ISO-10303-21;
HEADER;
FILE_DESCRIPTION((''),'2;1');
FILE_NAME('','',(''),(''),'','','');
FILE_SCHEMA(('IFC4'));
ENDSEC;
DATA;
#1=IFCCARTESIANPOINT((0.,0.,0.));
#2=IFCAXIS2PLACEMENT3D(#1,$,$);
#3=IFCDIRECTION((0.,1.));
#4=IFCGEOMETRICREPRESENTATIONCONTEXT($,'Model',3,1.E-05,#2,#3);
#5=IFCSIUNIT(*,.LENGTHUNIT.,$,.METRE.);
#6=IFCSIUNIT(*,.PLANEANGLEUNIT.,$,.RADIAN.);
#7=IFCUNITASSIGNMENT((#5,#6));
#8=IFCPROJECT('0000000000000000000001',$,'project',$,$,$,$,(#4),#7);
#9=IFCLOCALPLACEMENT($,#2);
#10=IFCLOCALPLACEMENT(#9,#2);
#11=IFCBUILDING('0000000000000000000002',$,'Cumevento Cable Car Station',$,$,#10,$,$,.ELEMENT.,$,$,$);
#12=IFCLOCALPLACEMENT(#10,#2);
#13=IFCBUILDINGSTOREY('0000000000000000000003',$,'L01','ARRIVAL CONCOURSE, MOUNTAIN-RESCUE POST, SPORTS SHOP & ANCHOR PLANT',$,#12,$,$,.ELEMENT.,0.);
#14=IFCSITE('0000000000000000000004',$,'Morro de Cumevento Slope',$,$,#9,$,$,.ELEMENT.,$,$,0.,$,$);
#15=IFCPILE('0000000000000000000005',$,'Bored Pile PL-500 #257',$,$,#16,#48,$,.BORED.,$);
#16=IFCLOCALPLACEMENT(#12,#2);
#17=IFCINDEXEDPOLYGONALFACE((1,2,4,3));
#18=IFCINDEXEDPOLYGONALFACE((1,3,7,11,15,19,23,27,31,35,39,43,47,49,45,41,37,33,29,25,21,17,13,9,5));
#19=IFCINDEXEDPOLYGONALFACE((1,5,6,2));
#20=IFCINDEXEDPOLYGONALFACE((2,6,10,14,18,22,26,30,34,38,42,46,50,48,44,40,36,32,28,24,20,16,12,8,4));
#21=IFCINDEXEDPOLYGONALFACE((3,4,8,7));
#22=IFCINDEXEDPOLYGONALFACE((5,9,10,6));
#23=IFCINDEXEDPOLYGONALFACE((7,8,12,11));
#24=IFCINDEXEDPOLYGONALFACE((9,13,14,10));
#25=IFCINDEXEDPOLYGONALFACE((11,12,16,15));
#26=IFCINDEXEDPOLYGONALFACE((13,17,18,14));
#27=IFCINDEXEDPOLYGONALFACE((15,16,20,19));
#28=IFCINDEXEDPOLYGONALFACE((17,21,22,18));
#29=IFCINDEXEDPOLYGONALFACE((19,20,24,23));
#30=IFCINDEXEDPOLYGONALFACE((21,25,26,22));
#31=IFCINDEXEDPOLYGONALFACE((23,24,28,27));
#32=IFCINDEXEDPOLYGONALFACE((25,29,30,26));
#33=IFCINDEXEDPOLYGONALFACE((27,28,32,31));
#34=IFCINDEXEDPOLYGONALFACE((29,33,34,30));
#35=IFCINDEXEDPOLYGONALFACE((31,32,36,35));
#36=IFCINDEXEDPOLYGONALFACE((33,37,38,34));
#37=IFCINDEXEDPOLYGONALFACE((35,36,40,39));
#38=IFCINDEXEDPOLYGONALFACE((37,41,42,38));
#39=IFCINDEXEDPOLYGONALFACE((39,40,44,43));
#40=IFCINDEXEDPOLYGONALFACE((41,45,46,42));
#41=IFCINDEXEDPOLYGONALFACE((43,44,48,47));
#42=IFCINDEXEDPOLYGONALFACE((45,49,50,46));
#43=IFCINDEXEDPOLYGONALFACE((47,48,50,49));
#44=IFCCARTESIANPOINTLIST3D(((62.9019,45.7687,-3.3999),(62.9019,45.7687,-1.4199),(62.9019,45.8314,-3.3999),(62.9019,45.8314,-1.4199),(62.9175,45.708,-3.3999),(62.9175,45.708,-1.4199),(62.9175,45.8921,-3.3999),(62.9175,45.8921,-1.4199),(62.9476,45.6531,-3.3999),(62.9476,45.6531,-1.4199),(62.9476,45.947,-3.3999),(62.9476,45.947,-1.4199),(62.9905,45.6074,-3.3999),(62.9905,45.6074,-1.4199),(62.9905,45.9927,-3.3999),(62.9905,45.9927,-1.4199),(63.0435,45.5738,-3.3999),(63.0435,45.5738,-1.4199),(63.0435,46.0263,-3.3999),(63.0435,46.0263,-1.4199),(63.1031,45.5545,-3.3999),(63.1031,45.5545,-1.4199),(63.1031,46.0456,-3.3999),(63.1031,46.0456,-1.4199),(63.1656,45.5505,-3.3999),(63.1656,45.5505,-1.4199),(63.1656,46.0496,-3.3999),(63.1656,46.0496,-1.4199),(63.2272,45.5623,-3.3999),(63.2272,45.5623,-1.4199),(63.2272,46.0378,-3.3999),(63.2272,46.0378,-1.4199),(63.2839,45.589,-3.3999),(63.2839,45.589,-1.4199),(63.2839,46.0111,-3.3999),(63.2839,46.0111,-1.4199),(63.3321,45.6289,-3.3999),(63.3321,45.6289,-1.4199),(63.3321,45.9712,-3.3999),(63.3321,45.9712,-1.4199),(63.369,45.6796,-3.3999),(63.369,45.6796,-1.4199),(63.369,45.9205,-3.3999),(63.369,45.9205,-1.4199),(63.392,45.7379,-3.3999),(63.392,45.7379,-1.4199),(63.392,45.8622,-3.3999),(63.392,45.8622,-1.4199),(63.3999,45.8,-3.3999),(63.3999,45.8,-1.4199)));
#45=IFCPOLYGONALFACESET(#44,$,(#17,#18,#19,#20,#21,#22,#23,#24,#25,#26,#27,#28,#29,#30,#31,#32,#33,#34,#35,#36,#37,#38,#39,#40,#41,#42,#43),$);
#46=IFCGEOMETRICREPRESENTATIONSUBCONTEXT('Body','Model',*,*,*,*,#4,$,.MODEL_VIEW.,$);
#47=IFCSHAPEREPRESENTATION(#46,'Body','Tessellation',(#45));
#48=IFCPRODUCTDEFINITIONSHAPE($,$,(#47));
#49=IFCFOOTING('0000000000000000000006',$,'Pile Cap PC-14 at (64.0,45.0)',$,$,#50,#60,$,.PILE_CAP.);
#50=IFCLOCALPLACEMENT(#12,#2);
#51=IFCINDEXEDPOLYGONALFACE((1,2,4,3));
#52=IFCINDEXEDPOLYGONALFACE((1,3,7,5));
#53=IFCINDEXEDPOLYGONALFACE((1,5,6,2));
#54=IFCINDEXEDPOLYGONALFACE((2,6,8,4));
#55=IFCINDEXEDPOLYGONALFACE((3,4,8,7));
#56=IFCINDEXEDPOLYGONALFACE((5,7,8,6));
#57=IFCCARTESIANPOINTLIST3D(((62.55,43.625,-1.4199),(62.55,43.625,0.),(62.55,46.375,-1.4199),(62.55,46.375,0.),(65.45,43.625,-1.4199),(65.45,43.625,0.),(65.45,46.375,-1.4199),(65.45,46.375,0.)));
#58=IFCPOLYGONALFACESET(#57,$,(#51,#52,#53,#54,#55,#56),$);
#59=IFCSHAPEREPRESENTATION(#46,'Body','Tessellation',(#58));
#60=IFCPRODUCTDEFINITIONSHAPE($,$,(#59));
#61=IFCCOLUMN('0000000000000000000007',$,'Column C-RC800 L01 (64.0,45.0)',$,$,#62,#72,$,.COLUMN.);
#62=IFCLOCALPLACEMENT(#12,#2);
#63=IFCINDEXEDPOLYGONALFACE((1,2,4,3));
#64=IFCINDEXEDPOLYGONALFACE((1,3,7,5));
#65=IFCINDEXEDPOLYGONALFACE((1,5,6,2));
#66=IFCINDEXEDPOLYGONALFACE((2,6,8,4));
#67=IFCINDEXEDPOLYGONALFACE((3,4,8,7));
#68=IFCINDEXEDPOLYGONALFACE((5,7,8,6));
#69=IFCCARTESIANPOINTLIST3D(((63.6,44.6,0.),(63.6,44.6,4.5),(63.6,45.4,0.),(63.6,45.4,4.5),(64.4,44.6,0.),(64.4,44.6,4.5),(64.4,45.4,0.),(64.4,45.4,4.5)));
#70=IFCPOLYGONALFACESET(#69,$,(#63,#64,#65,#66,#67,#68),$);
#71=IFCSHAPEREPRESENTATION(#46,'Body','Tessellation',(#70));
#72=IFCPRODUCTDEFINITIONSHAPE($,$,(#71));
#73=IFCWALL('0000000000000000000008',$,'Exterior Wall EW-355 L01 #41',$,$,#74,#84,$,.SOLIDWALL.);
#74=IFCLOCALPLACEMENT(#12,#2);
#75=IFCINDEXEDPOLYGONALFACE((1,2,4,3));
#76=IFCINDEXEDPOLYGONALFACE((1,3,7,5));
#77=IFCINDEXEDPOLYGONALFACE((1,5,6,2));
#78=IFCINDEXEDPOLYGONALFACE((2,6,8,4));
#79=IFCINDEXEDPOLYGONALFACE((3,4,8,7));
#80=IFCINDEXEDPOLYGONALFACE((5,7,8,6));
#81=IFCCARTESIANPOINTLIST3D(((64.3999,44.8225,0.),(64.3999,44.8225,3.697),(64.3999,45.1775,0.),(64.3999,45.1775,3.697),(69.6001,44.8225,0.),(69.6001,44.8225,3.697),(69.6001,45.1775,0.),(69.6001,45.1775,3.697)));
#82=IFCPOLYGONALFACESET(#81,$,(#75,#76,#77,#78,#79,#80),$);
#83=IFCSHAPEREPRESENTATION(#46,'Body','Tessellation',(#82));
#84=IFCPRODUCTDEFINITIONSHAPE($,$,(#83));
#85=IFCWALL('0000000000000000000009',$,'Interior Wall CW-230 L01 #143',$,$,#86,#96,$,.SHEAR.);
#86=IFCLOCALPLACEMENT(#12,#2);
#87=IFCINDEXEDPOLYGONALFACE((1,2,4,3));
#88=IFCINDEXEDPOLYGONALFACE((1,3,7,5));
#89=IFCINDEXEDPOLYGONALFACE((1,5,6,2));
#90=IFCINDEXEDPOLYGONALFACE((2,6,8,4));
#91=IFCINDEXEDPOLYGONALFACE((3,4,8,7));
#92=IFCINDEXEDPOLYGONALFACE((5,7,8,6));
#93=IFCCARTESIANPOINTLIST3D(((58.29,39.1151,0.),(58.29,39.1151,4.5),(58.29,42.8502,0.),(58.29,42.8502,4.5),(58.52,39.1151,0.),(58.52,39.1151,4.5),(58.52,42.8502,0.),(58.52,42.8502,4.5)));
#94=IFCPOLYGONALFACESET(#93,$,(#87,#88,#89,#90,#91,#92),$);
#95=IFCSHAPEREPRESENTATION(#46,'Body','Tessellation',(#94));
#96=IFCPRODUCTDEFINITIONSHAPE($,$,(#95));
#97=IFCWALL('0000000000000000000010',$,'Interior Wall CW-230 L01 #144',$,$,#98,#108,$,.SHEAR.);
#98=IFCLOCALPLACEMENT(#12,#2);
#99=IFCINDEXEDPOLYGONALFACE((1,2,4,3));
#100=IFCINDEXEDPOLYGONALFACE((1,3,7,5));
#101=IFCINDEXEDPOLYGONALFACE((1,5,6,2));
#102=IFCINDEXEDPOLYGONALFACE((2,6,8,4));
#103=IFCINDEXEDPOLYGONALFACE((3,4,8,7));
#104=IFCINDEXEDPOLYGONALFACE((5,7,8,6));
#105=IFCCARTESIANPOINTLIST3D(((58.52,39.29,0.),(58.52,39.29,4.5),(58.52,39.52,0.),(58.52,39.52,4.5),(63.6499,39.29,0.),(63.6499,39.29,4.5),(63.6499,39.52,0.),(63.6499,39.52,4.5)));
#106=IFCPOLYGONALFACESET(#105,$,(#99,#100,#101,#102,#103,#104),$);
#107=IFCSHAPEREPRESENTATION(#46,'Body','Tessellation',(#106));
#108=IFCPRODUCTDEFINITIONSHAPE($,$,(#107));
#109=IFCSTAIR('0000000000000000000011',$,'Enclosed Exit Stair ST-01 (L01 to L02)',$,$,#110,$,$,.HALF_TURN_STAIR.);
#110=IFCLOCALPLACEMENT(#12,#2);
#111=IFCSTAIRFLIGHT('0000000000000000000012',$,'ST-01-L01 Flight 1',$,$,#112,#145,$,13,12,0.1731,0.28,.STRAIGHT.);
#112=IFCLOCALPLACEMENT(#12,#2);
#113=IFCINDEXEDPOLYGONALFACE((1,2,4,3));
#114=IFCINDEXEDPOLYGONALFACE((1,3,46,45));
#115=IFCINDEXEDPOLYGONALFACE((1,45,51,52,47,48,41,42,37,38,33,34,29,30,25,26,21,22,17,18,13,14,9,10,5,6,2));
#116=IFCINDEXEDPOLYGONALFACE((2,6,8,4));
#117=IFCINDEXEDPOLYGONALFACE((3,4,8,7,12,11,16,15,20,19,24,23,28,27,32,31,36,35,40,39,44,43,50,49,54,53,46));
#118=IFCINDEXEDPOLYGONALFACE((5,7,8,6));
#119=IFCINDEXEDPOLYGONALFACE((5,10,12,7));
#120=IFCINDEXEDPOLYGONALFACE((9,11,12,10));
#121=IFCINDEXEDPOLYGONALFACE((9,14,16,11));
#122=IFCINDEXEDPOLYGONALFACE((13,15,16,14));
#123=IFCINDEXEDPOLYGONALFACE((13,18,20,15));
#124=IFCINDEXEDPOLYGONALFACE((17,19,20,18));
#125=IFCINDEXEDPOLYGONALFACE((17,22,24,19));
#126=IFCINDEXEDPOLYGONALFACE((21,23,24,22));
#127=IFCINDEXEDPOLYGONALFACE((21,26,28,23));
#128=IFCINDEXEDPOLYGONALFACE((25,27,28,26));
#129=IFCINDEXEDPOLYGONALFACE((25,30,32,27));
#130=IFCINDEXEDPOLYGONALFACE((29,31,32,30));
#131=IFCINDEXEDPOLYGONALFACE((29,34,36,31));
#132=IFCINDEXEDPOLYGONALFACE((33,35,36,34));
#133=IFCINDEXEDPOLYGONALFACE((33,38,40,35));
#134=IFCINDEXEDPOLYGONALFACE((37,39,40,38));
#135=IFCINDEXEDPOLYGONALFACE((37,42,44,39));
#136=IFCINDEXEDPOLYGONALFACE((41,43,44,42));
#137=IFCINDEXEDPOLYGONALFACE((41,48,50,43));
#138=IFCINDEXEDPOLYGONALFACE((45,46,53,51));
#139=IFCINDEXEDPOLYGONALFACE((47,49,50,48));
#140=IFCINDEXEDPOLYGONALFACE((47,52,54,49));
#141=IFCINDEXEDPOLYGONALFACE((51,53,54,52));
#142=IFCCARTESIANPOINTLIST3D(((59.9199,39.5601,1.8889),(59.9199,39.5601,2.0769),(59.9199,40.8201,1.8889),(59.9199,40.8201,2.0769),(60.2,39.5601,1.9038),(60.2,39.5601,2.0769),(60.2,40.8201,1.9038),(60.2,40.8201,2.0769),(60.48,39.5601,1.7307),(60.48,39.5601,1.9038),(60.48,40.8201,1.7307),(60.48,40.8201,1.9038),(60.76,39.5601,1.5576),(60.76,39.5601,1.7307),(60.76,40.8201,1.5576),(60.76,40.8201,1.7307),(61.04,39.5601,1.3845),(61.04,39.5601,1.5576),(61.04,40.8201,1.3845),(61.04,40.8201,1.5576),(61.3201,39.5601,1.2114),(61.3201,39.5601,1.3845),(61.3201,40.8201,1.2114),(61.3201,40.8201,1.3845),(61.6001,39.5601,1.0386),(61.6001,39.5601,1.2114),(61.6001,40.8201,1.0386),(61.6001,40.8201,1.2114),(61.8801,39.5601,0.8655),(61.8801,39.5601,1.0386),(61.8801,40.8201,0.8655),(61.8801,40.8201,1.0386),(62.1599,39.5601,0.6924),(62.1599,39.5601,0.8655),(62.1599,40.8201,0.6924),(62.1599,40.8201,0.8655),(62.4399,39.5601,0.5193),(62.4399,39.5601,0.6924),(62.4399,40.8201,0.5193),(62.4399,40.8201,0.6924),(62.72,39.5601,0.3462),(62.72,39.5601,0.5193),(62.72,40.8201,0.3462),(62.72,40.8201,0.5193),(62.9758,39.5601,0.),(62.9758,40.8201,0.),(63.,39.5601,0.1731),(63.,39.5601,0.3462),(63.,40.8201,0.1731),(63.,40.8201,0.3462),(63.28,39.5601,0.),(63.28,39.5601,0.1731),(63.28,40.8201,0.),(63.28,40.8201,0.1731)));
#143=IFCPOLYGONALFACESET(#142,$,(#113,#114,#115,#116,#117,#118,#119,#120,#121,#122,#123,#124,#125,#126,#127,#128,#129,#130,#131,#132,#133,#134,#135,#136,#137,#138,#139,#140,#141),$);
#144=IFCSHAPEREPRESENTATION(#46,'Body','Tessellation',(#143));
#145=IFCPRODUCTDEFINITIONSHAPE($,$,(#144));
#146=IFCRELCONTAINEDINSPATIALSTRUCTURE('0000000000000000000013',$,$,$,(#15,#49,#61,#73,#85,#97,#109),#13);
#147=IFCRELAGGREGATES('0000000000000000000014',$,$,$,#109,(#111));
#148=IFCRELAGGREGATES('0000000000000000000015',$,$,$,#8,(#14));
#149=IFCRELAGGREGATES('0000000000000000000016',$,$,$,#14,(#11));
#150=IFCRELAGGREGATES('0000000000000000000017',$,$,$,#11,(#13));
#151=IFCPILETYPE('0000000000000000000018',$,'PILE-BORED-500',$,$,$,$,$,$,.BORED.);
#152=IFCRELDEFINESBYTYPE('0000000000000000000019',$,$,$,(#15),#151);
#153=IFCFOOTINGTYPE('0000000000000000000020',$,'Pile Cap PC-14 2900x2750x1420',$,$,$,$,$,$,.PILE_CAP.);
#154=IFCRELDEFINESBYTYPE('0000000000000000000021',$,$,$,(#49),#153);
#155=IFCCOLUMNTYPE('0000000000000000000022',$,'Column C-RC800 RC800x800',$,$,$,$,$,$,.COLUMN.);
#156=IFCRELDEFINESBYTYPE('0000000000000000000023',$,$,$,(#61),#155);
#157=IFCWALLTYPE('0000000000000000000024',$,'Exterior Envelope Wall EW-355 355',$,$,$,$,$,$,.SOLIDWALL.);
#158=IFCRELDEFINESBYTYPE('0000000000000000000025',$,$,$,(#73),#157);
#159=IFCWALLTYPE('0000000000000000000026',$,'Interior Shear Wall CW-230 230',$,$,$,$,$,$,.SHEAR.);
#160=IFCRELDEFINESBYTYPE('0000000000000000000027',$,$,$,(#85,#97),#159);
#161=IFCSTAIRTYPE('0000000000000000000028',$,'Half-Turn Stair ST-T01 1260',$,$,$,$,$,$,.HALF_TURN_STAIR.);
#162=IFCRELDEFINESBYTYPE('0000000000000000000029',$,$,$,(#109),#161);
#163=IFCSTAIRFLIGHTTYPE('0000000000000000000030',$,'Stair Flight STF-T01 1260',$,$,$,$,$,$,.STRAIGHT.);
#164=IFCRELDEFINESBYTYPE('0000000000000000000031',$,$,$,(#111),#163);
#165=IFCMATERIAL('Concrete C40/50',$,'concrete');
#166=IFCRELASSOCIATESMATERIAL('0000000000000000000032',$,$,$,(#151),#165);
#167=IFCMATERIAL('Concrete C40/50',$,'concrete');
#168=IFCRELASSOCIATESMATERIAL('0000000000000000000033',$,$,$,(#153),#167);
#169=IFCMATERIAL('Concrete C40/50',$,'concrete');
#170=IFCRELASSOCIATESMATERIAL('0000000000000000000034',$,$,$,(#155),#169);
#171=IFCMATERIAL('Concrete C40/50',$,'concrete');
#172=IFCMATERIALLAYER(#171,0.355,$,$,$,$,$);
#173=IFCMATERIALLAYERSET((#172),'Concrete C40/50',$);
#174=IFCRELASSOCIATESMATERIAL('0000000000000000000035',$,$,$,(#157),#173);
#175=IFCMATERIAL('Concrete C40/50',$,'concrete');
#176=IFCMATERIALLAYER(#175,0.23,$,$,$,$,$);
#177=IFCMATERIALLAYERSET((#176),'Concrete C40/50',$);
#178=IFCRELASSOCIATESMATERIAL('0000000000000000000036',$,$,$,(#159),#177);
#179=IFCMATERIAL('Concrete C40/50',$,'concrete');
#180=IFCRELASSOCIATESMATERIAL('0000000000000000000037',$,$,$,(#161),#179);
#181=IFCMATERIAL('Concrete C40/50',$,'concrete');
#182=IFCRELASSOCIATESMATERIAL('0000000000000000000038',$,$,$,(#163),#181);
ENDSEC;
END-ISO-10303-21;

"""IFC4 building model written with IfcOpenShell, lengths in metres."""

from ifc_helpers import new_model, si_unit, direction, frame, frame_2d, origin, origin_2d, place, context, subcontext, project, spatial, polyline, rectangle, circle, outline, extrude, material, layer, layer_set, material_profile, profile_set, type_object, element, aggregate, save


model = new_model("IFC4")

# Units and contexts
model_context = context("Model", 3, precision=1e-05, world=origin(), true_north=direction((0.0, 1.0)))
body_context = subcontext(model_context, "Body", "Model", "MODEL_VIEW")
ifc_project = project(units=[si_unit("LENGTHUNIT", "METRE"), si_unit("PLANEANGLEUNIT", "RADIAN")], contexts=[model_context])

# Site, building, storey
site_placement = place(None, origin())
site = spatial("IfcSite", under=ifc_project, at=site_placement, Name="Morro de Cumevento Slope", CompositionType="ELEMENT", RefElevation=0.0)
building_placement = place(site_placement, origin())
building = spatial("IfcBuilding", under=site, at=building_placement, Name="Cumevento Cable Car Station", CompositionType="ELEMENT")
storey_placement = place(building_placement, origin())
storey = spatial("IfcBuildingStorey", under=building, at=storey_placement, Name="L01", Description="ARRIVAL CONCOURSE, MOUNTAIN-RESCUE POST, SPORTS SHOP & ANCHOR PLANT", CompositionType="ELEMENT", Elevation=0.0)

# Pile
ifc_material_1 = material(Name="Concrete C40/50", Category="concrete")
ifc_material_profile_1 = material_profile(ifc_material_1, circle(Radius=0.25, at=origin_2d()), Name="PILE-D500")
ifc_profile_set_1 = profile_set([ifc_material_profile_1], Name="Concrete C40/50")
pile_type_1 = type_object("IfcPileType", Name="PILE-BORED-500", PredefinedType="BORED", material=ifc_profile_set_1)
for number, where, z_axis, x_axis, name in (
    (1, (63.1499, 45.8, -1.4199), (0.0, 0.0, -1.0), (1.0, 0.0, 0.0), "Bored Pile PL-500 #257"),
):
    element("IfcPile", number, at=place(storey_placement, frame(where, z_axis=z_axis, x_axis=x_axis)), inside=storey, type_object=pile_type_1, Name=name, PredefinedType="BORED", context=body_context, shape_type="SweptSolid", body=[
        extrude(circle(Radius=0.25, at=origin_2d()), origin(), (0.0, 0.0, 1.0), 1.98),
    ])

# Footing
ifc_material_2 = material(Name="Concrete C40/50", Category="concrete")
footing_type = type_object("IfcFootingType", Name="Pile Cap PC-14 2900x2750x1420", PredefinedType="PILE_CAP", material=ifc_material_2)
footing_placement = place(storey_placement, frame((64.0, 45.0, -1.4199), z_axis=(0.0, 0.0, 1.0), x_axis=(1.0, 0.0, 0.0)))
element("IfcFooting", 2, at=footing_placement, inside=storey, type_object=footing_type, Name="Pile Cap PC-14 at (64.0,45.0)", PredefinedType="PILE_CAP", context=body_context, shape_type="SweptSolid", body=[
    extrude(rectangle(XDim=2.8999, YDim=2.75, at=origin_2d()), origin(), (0.0, 0.0, 1.0), 1.4199),
])

# Column
ifc_material_3 = material(Name="Concrete C40/50", Category="concrete")
ifc_material_profile_2 = material_profile(ifc_material_3, rectangle(XDim=0.8, YDim=0.8, at=origin_2d()), Name="RC800x800")
ifc_profile_set_2 = profile_set([ifc_material_profile_2], Name="Concrete C40/50")
column_type = type_object("IfcColumnType", Name="Column C-RC800 RC800x800", PredefinedType="COLUMN", material=ifc_profile_set_2)
column_placement = place(storey_placement, frame((64.0, 45.0, 0.0), z_axis=(0.0, 0.0, 1.0), x_axis=(1.0, 0.0, 0.0)))
element("IfcColumn", 3, at=column_placement, inside=storey, type_object=column_type, Name="Column C-RC800 L01 (64.0,45.0)", PredefinedType="COLUMN", context=body_context, shape_type="SweptSolid", body=[
    extrude(rectangle(XDim=0.8, YDim=0.8, at=origin_2d()), origin(), (0.0, 0.0, 1.0), 4.5),
])

# Walls
ifc_material_4 = material(Name="Concrete C40/50", Category="concrete")
ifc_layer_1 = layer(ifc_material_4, 0.355)
ifc_layer_set_1 = layer_set([ifc_layer_1], Name="Concrete C40/50")
wall_type_1 = type_object("IfcWallType", Name="Exterior Envelope Wall EW-355 355", PredefinedType="SOLIDWALL", material=ifc_layer_set_1)
wall_1_placement = place(storey_placement, frame((64.3999, 45.0, 0.0), z_axis=(0.0, 0.0, 1.0), x_axis=(1.0, 0.0, 0.0)))
element("IfcWall", 4, at=wall_1_placement, inside=storey, type_object=wall_type_1, Name="Exterior Wall EW-355 L01 #41", PredefinedType="SOLIDWALL", context=body_context, shape_type="SweptSolid", body=[
    extrude(rectangle(XDim=5.2002, YDim=0.355, at=frame_2d((2.6001, 0.0))), origin(), (0.0, 0.0, 1.0), 3.697),
])
ifc_material_5 = material(Name="Concrete C40/50", Category="concrete")
ifc_layer_2 = layer(ifc_material_5, 0.23)
ifc_layer_set_2 = layer_set([ifc_layer_2], Name="Concrete C40/50")
wall_type_2 = type_object("IfcWallType", Name="Interior Shear Wall CW-230 230", PredefinedType="SHEAR", material=ifc_layer_set_2)
wall_2_placement = place(storey_placement, frame((58.405, 39.115, 0.0), z_axis=(0.0, 0.0, 1.0), x_axis=(0.0, 1.0, 0.0)))
element("IfcWall", 5, at=wall_2_placement, inside=storey, type_object=wall_type_2, Name="Interior Wall CW-230 L01 #143", PredefinedType="SHEAR", context=body_context, shape_type="SweptSolid", body=[
    extrude(rectangle(XDim=3.7351, YDim=0.23, at=frame_2d((1.8677, 0.0))), origin(), (0.0, 0.0, 1.0), 4.5),
])
wall_3_placement = place(storey_placement, frame((58.52, 39.405, 0.0), z_axis=(0.0, 0.0, 1.0), x_axis=(1.0, 0.0, 0.0)))
element("IfcWall", 6, at=wall_3_placement, inside=storey, type_object=wall_type_2, Name="Interior Wall CW-230 L01 #144", PredefinedType="SHEAR", context=body_context, shape_type="SweptSolid", body=[
    extrude(rectangle(XDim=5.1299, YDim=0.23, at=frame_2d((2.5649, 0.0))), origin(), (0.0, 0.0, 1.0), 4.5),
])

# Stair, stair flight
ifc_material_6 = material(Name="Concrete C40/50", Category="concrete")
stair_type = type_object("IfcStairType", Name="Half-Turn Stair ST-T01 1260", PredefinedType="HALF_TURN_STAIR", material=ifc_material_6)
stair_placement = place(storey_placement, origin())
stair = element("IfcStair", 7, at=stair_placement, inside=storey, type_object=stair_type, Name="Enclosed Exit Stair ST-01 (L01 to L02)", PredefinedType="HALF_TURN_STAIR")
ifc_material_7 = material(Name="Concrete C40/50", Category="concrete")
stair_flight_type = type_object("IfcStairFlightType", Name="Stair Flight STF-T01 1260", PredefinedType="STRAIGHT", material=ifc_material_7)
stair_flight_placement = place(storey_placement, frame((63.28, 40.1899, 0.0), z_axis=(0.0, 0.0, 1.0), x_axis=(-1.0, 0.0, 0.0)))
stair_flight = element("IfcStairFlight", 8, at=stair_flight_placement, type_object=stair_flight_type, Name="ST-01-L01 Flight 1", NumberOfRisers=13, NumberOfTreads=12, PredefinedType="STRAIGHT", RiserHeight=0.1731, TreadLength=0.28, context=body_context, shape_type="SweptSolid", body=[
    extrude(outline(polyline([(0.0, 0.0), (0.0, 0.1731), (0.28, 0.1731), (0.28, 0.3462), (0.5601, 0.3462), (0.5601, 0.5193), (0.8401, 0.5193), (0.8401, 0.6924), (1.1201, 0.6924), (1.1201, 0.8655), (1.3999, 0.8655), (1.3999, 1.0386), (1.6799, 1.0386), (1.6799, 1.2114), (1.96, 1.2114), (1.96, 1.3845), (2.24, 1.3845), (2.24, 1.5576), (2.52, 1.5576), (2.52, 1.7307), (2.8, 1.7307), (2.8, 1.9038), (3.0801, 1.9038), (3.0801, 2.0769), (3.3601, 2.0769), (3.3601, 2.25), (3.3601, 1.8889), (0.3042, 0.0), (0.0, 0.0)])), frame((0.0, 0.6299, 0.0), z_axis=(0.0, -1.0, 0.0), x_axis=(1.0, 0.0, 0.0)), (0.0, 0.0, 1.0), 1.26),
])
aggregate(stair, [stair_flight])

save(model, "model.ifc")
